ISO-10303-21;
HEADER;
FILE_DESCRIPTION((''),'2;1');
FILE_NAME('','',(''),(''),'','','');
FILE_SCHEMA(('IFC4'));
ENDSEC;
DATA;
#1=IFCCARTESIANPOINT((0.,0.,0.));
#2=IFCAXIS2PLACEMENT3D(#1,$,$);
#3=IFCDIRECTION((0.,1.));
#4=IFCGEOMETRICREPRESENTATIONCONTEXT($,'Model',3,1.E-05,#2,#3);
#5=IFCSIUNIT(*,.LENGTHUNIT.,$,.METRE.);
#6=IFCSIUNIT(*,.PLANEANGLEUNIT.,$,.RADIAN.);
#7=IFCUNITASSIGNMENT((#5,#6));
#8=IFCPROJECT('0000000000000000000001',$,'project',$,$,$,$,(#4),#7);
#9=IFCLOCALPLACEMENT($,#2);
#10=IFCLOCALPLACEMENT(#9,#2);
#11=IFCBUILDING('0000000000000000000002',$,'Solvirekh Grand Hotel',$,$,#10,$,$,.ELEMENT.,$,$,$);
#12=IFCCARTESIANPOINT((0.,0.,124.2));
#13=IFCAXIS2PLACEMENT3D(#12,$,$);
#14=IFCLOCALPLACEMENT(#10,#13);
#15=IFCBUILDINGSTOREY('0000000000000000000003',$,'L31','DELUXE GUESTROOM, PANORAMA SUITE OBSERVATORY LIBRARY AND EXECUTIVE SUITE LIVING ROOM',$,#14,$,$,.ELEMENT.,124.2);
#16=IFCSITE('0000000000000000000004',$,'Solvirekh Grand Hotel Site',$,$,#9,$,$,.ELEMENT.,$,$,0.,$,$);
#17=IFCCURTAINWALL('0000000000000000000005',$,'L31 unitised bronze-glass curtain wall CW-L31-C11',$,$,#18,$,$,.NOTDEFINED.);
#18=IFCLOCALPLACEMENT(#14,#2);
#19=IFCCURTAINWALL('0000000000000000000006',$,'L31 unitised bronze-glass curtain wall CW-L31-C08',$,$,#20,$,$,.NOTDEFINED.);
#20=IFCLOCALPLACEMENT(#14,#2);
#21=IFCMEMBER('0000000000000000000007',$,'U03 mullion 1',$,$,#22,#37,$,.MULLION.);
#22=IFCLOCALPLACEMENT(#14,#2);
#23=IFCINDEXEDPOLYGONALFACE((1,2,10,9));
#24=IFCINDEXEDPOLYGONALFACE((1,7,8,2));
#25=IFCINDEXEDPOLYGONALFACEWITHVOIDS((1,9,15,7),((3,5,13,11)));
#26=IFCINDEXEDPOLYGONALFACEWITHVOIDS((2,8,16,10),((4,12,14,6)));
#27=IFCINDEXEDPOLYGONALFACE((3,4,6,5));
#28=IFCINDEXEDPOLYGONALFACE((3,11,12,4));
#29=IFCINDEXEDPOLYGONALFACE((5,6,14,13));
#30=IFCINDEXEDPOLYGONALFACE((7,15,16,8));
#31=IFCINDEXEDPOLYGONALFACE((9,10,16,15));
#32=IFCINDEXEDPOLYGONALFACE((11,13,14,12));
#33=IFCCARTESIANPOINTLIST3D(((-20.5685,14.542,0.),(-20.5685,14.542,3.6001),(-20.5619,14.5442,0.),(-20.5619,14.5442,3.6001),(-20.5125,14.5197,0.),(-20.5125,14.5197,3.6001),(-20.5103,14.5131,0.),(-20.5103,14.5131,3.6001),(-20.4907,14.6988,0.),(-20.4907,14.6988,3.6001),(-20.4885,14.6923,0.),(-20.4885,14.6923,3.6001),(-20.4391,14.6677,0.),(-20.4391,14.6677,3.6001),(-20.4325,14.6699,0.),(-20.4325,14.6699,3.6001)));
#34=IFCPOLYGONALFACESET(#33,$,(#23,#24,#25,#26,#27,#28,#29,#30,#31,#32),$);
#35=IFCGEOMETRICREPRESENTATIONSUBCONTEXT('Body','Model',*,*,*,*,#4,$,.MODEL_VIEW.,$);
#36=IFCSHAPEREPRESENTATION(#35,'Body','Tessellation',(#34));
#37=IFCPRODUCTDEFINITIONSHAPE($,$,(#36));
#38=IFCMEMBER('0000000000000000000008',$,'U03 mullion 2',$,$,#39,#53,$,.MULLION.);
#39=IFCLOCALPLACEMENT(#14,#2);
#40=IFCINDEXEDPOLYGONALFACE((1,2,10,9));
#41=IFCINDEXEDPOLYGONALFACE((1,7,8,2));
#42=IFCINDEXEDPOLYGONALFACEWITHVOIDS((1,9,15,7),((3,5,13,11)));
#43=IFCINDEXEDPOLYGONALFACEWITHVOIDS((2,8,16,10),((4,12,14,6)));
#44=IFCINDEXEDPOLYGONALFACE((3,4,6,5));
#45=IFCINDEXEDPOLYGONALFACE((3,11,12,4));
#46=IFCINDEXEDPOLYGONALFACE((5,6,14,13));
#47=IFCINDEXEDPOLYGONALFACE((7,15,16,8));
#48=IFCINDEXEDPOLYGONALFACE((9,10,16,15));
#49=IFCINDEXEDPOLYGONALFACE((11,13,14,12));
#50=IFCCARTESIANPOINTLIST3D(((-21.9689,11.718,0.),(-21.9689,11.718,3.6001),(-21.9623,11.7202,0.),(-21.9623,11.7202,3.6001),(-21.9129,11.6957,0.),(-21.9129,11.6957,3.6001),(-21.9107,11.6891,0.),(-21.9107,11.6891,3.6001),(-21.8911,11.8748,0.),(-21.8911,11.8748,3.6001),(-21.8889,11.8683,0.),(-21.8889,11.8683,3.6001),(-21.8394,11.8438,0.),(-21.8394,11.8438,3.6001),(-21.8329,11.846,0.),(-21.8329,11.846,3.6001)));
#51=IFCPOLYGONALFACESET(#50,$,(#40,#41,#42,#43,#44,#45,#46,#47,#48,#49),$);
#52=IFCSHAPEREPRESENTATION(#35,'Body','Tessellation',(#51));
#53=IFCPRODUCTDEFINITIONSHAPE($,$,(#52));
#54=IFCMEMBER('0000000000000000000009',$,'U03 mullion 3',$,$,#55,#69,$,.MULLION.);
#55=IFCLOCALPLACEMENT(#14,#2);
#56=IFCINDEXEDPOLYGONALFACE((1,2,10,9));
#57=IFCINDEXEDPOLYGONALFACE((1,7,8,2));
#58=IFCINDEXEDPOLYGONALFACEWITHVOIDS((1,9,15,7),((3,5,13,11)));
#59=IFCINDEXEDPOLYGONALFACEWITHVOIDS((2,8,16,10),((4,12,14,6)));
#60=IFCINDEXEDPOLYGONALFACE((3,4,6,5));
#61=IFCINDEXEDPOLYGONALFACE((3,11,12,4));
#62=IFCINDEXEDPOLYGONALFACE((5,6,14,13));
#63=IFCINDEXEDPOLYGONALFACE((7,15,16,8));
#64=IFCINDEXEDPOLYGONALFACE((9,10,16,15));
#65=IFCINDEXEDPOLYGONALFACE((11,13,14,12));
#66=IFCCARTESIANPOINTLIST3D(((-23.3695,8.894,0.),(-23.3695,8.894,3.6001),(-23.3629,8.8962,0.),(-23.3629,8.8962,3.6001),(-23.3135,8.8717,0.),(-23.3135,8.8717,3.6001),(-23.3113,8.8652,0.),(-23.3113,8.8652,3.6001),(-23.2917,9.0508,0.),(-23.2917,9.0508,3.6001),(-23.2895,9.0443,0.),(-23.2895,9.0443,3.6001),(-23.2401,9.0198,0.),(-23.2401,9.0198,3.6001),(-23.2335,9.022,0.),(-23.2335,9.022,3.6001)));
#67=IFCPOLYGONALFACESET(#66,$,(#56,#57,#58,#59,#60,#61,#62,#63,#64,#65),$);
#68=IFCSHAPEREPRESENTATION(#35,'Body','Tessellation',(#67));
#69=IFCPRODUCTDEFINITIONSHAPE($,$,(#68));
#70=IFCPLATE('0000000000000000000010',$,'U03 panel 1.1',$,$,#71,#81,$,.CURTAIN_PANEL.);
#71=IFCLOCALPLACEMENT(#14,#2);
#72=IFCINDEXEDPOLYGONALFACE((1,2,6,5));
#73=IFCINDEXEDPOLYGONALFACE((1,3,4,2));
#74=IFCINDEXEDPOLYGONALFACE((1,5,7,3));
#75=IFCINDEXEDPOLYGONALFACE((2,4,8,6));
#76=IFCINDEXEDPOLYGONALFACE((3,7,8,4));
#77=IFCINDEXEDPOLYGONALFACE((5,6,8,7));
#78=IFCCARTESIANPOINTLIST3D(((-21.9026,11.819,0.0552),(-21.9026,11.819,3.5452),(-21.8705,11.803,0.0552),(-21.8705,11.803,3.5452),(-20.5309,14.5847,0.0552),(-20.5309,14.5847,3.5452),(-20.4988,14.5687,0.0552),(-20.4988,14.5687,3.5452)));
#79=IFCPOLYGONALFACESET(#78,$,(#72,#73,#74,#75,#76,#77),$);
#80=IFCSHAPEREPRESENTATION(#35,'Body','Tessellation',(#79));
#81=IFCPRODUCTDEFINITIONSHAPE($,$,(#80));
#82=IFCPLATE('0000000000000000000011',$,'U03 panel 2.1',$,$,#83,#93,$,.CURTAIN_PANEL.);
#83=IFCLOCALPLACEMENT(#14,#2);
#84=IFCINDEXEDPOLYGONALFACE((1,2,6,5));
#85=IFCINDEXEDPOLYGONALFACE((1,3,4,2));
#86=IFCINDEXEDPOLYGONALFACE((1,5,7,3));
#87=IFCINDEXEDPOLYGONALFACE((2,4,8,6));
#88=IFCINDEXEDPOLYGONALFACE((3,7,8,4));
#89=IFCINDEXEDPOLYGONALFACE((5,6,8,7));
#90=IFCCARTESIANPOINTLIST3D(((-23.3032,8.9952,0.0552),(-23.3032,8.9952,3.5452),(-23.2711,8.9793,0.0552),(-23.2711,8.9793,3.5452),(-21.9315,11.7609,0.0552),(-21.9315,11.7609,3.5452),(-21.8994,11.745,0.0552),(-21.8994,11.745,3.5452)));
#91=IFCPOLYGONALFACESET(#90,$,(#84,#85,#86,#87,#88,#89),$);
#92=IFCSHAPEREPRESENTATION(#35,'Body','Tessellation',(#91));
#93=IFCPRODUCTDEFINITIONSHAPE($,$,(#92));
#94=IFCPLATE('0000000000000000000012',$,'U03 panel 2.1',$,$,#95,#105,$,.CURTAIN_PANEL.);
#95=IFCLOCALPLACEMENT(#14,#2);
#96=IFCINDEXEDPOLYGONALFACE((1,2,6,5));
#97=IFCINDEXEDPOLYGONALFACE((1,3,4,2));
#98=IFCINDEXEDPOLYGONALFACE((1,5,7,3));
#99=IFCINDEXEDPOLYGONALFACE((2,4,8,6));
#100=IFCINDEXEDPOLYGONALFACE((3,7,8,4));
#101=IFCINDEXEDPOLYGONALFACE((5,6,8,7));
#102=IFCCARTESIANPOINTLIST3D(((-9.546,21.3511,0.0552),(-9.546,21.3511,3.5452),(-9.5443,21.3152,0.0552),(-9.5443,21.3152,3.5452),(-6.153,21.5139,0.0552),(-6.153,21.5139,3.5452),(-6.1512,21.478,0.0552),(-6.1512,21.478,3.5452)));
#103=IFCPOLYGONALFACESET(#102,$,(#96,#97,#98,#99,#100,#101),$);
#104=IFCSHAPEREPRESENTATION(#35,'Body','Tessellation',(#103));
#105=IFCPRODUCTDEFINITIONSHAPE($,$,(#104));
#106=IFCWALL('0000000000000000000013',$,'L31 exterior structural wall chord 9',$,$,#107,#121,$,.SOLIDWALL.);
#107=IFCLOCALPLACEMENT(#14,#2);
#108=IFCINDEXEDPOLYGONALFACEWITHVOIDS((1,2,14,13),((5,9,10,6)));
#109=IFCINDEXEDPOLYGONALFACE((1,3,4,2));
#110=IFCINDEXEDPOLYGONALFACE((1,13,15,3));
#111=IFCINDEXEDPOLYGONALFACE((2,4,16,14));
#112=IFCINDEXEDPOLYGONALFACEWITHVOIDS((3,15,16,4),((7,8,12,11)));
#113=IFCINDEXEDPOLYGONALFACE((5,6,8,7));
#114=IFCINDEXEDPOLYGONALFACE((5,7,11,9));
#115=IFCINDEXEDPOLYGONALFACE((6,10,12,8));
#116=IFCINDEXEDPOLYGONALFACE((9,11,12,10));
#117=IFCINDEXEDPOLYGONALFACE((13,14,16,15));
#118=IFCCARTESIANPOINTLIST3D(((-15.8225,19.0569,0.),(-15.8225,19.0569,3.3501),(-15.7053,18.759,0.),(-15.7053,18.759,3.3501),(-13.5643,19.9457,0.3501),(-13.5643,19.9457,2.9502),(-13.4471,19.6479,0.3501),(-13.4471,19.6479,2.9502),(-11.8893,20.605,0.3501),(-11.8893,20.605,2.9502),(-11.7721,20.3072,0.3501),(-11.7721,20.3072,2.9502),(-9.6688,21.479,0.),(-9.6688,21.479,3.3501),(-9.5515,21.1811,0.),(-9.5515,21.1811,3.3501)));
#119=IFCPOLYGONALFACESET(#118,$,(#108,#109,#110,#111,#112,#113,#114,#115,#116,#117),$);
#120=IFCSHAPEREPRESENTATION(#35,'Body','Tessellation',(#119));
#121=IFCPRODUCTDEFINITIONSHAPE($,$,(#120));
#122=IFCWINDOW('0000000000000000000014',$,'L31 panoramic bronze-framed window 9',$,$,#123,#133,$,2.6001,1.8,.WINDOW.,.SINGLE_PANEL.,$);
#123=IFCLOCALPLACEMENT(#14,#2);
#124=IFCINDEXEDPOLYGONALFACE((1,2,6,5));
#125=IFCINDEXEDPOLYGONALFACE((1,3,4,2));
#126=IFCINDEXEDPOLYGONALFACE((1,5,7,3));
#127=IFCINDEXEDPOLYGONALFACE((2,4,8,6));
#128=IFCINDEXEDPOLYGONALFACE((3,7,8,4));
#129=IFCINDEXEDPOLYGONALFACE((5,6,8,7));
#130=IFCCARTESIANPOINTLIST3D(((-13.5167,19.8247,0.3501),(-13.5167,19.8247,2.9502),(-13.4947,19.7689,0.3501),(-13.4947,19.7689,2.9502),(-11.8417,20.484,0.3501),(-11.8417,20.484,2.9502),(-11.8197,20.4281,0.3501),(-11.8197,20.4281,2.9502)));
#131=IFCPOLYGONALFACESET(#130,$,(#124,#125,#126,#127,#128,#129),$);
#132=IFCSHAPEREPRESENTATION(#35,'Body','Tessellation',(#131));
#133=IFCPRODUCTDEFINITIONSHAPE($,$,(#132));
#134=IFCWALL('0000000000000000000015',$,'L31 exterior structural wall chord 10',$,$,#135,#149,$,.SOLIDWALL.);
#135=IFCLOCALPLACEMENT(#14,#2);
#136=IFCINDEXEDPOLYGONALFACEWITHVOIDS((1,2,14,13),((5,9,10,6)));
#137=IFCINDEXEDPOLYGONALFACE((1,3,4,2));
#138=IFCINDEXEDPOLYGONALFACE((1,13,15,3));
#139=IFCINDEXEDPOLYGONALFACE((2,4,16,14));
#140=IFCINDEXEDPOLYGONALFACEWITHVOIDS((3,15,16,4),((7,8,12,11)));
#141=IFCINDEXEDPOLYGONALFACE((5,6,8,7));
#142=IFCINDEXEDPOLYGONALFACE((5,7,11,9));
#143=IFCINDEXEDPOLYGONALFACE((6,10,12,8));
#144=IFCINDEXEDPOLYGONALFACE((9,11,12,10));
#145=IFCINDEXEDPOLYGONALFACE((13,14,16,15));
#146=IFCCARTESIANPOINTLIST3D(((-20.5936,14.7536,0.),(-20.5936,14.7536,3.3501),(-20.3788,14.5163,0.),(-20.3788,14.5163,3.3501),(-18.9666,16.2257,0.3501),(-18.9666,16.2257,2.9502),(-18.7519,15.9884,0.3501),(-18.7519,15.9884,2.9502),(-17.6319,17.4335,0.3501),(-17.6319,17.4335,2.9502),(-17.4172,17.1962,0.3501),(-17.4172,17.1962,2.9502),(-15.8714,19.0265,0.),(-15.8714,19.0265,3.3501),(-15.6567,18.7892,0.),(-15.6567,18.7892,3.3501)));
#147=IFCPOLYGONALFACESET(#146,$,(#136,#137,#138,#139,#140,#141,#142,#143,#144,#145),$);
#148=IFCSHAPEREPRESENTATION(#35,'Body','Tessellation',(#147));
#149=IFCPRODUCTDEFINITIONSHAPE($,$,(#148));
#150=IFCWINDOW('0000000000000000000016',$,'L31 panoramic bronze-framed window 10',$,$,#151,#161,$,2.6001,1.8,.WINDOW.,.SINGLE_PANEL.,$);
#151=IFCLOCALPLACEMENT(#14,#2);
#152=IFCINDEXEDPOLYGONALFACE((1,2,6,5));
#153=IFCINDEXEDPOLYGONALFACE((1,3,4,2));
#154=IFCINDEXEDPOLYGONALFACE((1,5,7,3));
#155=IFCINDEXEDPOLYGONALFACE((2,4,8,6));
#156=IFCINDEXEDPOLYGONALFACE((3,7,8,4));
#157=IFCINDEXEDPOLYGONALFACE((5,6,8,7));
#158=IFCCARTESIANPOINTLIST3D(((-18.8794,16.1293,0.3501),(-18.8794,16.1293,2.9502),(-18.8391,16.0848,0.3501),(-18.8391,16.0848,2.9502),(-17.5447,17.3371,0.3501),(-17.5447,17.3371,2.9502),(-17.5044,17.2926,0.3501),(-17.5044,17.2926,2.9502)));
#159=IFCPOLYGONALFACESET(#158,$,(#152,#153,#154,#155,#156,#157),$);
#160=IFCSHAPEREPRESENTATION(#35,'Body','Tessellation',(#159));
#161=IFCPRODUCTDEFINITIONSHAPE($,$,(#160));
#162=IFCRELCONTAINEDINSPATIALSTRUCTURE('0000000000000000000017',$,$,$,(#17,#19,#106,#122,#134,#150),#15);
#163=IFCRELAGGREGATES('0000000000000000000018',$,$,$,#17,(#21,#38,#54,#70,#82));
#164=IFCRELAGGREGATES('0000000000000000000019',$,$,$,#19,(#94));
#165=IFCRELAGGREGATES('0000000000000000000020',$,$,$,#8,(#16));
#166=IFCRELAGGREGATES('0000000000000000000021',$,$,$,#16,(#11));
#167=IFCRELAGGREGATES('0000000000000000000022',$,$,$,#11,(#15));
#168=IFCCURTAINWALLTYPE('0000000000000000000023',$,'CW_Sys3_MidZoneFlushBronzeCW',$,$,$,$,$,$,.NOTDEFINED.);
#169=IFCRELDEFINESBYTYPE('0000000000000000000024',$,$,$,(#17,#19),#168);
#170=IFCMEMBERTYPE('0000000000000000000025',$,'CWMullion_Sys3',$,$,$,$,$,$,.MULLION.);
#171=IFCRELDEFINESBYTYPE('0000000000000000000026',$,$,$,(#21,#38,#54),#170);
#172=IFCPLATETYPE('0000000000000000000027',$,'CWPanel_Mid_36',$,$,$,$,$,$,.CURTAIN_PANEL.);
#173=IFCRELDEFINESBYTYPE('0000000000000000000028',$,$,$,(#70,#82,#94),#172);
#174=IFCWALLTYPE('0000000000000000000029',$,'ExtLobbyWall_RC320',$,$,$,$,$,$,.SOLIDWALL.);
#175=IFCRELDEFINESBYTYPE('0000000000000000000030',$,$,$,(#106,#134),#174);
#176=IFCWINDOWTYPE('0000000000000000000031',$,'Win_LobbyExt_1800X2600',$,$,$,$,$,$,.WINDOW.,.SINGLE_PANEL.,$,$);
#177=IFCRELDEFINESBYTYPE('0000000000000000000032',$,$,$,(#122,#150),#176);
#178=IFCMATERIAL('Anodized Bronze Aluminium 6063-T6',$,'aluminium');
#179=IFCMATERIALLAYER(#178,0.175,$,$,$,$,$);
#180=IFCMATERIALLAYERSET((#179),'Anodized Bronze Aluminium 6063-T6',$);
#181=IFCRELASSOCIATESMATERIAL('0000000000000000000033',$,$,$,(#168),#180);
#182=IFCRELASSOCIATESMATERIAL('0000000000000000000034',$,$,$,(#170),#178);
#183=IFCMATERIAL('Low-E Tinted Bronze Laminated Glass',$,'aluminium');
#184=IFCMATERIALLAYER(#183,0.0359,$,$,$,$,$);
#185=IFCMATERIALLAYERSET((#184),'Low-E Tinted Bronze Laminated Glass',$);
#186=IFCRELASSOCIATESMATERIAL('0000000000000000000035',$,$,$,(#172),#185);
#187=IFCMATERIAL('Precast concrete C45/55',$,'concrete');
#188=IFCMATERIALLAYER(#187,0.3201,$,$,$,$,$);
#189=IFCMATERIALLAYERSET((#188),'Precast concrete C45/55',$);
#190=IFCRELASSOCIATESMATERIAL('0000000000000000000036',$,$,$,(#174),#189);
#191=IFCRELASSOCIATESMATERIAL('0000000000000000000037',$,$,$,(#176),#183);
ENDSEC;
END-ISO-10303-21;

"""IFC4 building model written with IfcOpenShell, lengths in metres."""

from ifc_helpers import new_model, si_unit, direction, frame, frame_2d, origin, origin_2d, place, context, subcontext, project, spatial, rectangle, hollow_rectangle, extrude, source, transform, mapped, material, layer, layer_set, material_profile, profile_set, type_object, element, fill, aggregate, save


model = new_model("IFC4")

# Units and contexts
model_context = context("Model", 3, precision=1e-05, world=origin(), true_north=direction((0.0, 1.0)))
body_context = subcontext(model_context, "Body", "Model", "MODEL_VIEW")
ifc_project = project(units=[si_unit("LENGTHUNIT", "METRE"), si_unit("PLANEANGLEUNIT", "RADIAN")], contexts=[model_context])

# Site, building, storey
site_placement = place(None, origin())
site = spatial("IfcSite", under=ifc_project, at=site_placement, Name="Solvirekh Grand Hotel Site", CompositionType="ELEMENT", RefElevation=0.0)
building_placement = place(site_placement, origin())
building = spatial("IfcBuilding", under=site, at=building_placement, Name="Solvirekh Grand Hotel", CompositionType="ELEMENT")
storey_placement = place(building_placement, frame((0.0, 0.0, 124.2)))
storey = spatial("IfcBuildingStorey", under=building, at=storey_placement, Name="L31", Description="DELUXE GUESTROOM, PANORAMA SUITE OBSERVATORY LIBRARY AND EXECUTIVE SUITE LIVING ROOM", CompositionType="ELEMENT", Elevation=124.2)

# Curtain wall
ifc_material_1 = material(Name="Anodized Bronze Aluminium 6063-T6", Category="aluminium")
ifc_layer_1 = layer(ifc_material_1, 0.175)
ifc_layer_set_1 = layer_set([ifc_layer_1], Name="Anodized Bronze Aluminium 6063-T6")
curtain_wall_type = type_object("IfcCurtainWallType", Name="CW_Sys3_MidZoneFlushBronzeCW", PredefinedType="NOTDEFINED", material=ifc_layer_set_1)
curtain_wall_1_placement = place(storey_placement, origin())
curtain_wall_1 = element("IfcCurtainWall", 1, at=curtain_wall_1_placement, inside=storey, type_object=curtain_wall_type, Name="L31 unitised bronze-glass curtain wall CW-L31-C11", PredefinedType="NOTDEFINED")

# Curtain wall
curtain_wall_2_placement = place(storey_placement, origin())
curtain_wall_2 = element("IfcCurtainWall", 2, at=curtain_wall_2_placement, inside=storey, type_object=curtain_wall_type, Name="L31 unitised bronze-glass curtain wall CW-L31-C08", PredefinedType="NOTDEFINED")
ifc_material_profile_1 = material_profile(ifc_material_1, hollow_rectangle(XDim=0.0649, YDim=0.175, WallThickness=0.0049, at=origin_2d()), Name="ALU RHS 175X65X5")
ifc_profile_set_1 = profile_set([ifc_material_profile_1], Name="Anodized Bronze Aluminium 6063-T6")
member_type_1 = type_object("IfcMemberType", Name="CWMullion_Sys3", PredefinedType="MULLION", material=ifc_profile_set_1)
shared_shape_1 = source(origin(), body_context, "Body", "SweptSolid", [
    extrude(hollow_rectangle(XDim=0.0649, YDim=0.175, WallThickness=0.0049, at=origin_2d()), origin(), (0.0, 0.0, 1.0), 3.6001),
])

# Members
member_1_placement = place(storey_placement, frame((-20.5005, 14.606, 0.0), z_axis=(0.0, 0.0, 1.0), x_axis=(0.895867, -0.444322, 0.0)))
member_1 = element("IfcMember", 3, at=member_1_placement, type_object=member_type_1, Name="U03 mullion 1", PredefinedType="MULLION", context=body_context, shape_type="MappedRepresentation", body=[
    mapped(shared_shape_1, transform((0.0, 0.0, 0.0), x_axis=(1.0, 0.0, 0.0), y_axis=(0.0, 1.0, 0.0), z_axis=(0.0, 0.0, 1.0), scale=1.0)),
])
member_2_placement = place(storey_placement, frame((-21.9009, 11.782, 0.0), z_axis=(0.0, 0.0, 1.0), x_axis=(0.895867, -0.444322, 0.0)))
member_2 = element("IfcMember", 4, at=member_2_placement, type_object=member_type_1, Name="U03 mullion 2", PredefinedType="MULLION", context=body_context, shape_type="MappedRepresentation", body=[
    mapped(shared_shape_1, transform((0.0, 0.0, 0.0), x_axis=(1.0, 0.0, 0.0), y_axis=(0.0, 1.0, 0.0), z_axis=(0.0, 0.0, 1.0), scale=1.0)),
])
member_3_placement = place(storey_placement, frame((-23.3015, 8.958, 0.0), z_axis=(0.0, 0.0, 1.0), x_axis=(0.895867, -0.444322, 0.0)))
member_3 = element("IfcMember", 5, at=member_3_placement, type_object=member_type_1, Name="U03 mullion 3", PredefinedType="MULLION", context=body_context, shape_type="MappedRepresentation", body=[
    mapped(shared_shape_1, transform((0.0, 0.0, 0.0), x_axis=(1.0, 0.0, 0.0), y_axis=(0.0, 1.0, 0.0), z_axis=(0.0, 0.0, 1.0), scale=1.0)),
])

# Plates
ifc_material_2 = material(Name="Low-E Tinted Bronze Laminated Glass", Category="aluminium")
ifc_layer_2 = layer(ifc_material_2, 0.0359)
ifc_layer_set_2 = layer_set([ifc_layer_2], Name="Low-E Tinted Bronze Laminated Glass")
plate_type = type_object("IfcPlateType", Name="CWPanel_Mid_36", PredefinedType="CURTAIN_PANEL", material=ifc_layer_set_2)
shared_shape_2 = source(origin(), body_context, "Body", "SweptSolid", [
    extrude(rectangle(XDim=3.0872, YDim=0.0359, at=origin_2d()), origin(), (0.0, 0.0, 1.0), 3.49),
])
plate_1_placement = place(storey_placement, frame((-21.2007, 13.1938, 0.0552), z_axis=(0.0, 0.0, 1.0), x_axis=(-0.444322, -0.895867, 0.0)))
plate_1 = element("IfcPlate", 6, at=plate_1_placement, type_object=plate_type, Name="U03 panel 1.1", PredefinedType="CURTAIN_PANEL", context=body_context, shape_type="MappedRepresentation", body=[
    mapped(shared_shape_2, transform((0.0, 0.0, 0.0), x_axis=(1.0, 0.0, 0.0), y_axis=(0.0, 1.0, 0.0), z_axis=(0.0, 0.0, 1.0), scale=1.0)),
])
plate_2_placement = place(storey_placement, frame((-22.6013, 10.3701, 0.0552), z_axis=(0.0, 0.0, 1.0), x_axis=(-0.444322, -0.895867, 0.0)))
plate_2 = element("IfcPlate", 7, at=plate_2_placement, type_object=plate_type, Name="U03 panel 2.1", PredefinedType="CURTAIN_PANEL", context=body_context, shape_type="MappedRepresentation", body=[
    mapped(shared_shape_2, transform((0.0, 0.0, 0.0), x_axis=(1.0, 0.0, 0.0), y_axis=(0.0, 1.0, 0.0), z_axis=(0.0, 0.0, 1.0), scale=1.0)),
])
aggregate(curtain_wall_1, [member_1, member_2, member_3, plate_1, plate_2])
shared_shape_3 = source(origin(), body_context, "Body", "SweptSolid", [
    extrude(rectangle(XDim=3.397, YDim=0.0359, at=origin_2d()), origin(), (0.0, 0.0, 1.0), 3.49),
])
plate_3_placement = place(storey_placement, frame((-7.8486, 21.4146, 0.0552), z_axis=(0.0, 0.0, 1.0), x_axis=(-0.998851, -0.047932, 0.0)))
plate_3 = element("IfcPlate", 8, at=plate_3_placement, type_object=plate_type, Name="U03 panel 2.1", PredefinedType="CURTAIN_PANEL", context=body_context, shape_type="MappedRepresentation", body=[
    mapped(shared_shape_3, transform((0.0, 0.0, 0.0), x_axis=(1.0, 0.0, 0.0), y_axis=(0.0, 1.0, 0.0), z_axis=(0.0, 0.0, 1.0), scale=1.0)),
])
aggregate(curtain_wall_2, [plate_3])

# Walls, openings, windows
ifc_material_3 = material(Name="Precast concrete C45/55", Category="concrete")
ifc_layer_3 = layer(ifc_material_3, 0.3201)
ifc_layer_set_3 = layer_set([ifc_layer_3], Name="Precast concrete C45/55")
wall_type_1 = type_object("IfcWallType", Name="ExtLobbyWall_RC320", PredefinedType="SOLIDWALL", material=ifc_layer_set_3)
wall_1_placement = place(storey_placement, frame((-15.7639, 18.908, 0.0), z_axis=(0.0, 0.0, 1.0), x_axis=(0.930517, 0.366249, 0.0)))
wall_1 = element("IfcWall", 9, at=wall_1_placement, inside=storey, type_object=wall_type_1, Name="L31 exterior structural wall chord 9", PredefinedType="SOLIDWALL", context=body_context, shape_type="SweptSolid", body=[
    extrude(rectangle(XDim=6.6133, YDim=0.3201, at=frame_2d((3.3066, 0.0))), origin(), (0.0, 0.0, 1.0), 3.3501),
])
opening_1_placement = place(wall_1_placement, frame((2.427, 0.0, 0.3501)))
opening_1 = element("IfcOpeningElement", 10, at=opening_1_placement, cuts=wall_1, PredefinedType="OPENING", context=body_context, shape_type="SweptSolid", body=[
    extrude(rectangle(XDim=1.8, YDim=2.6001, at=frame_2d((0.8999, 1.3))), frame((0.0, 0.1699, 0.0), z_axis=(0.0, -1.0, 0.0), x_axis=(1.0, 0.0, 0.0)), (0.0, 0.0, 1.0), 0.3401),
])
window_type = type_object("IfcWindowType", Name="Win_LobbyExt_1800X2600", PartitioningType="SINGLE_PANEL", PredefinedType="WINDOW", material=ifc_material_2)
window_1_placement = place(opening_1_placement, origin())
window_1 = element("IfcWindow", 11, at=window_1_placement, inside=storey, type_object=window_type, Name="L31 panoramic bronze-framed window 9", OverallHeight=2.6001, OverallWidth=1.8, PartitioningType="SINGLE_PANEL", PredefinedType="WINDOW", context=body_context, shape_type="SweptSolid", body=[
    extrude(rectangle(XDim=1.8, YDim=2.6001, at=frame_2d((0.8999, 1.3))), frame((0.0, 0.03, 0.0), z_axis=(0.0, -1.0, 0.0), x_axis=(1.0, 0.0, 0.0)), (0.0, 0.0, 1.0), 0.0601),
])
fill(opening_1, window_1)
wall_2_placement = place(storey_placement, frame((-20.4861, 14.635, 0.0), z_axis=(0.0, 0.0, 1.0), x_axis=(0.741496, 0.670957, 0.0)))
wall_2 = element("IfcWall", 12, at=wall_2_placement, inside=storey, type_object=wall_type_1, Name="L31 exterior structural wall chord 10", PredefinedType="SOLIDWALL", context=body_context, shape_type="SweptSolid", body=[
    extrude(rectangle(XDim=6.3684, YDim=0.3201, at=frame_2d((3.1841, 0.0))), origin(), (0.0, 0.0, 1.0), 3.3501),
])
opening_2_placement = place(wall_2_placement, frame((2.1941, 0.0, 0.3501)))
opening_2 = element("IfcOpeningElement", 13, at=opening_2_placement, cuts=wall_2, PredefinedType="OPENING", context=body_context, shape_type="SweptSolid", body=[
    extrude(rectangle(XDim=1.8, YDim=2.6001, at=frame_2d((0.8999, 1.3))), frame((0.0, 0.1699, 0.0), z_axis=(0.0, -1.0, 0.0), x_axis=(1.0, 0.0, 0.0)), (0.0, 0.0, 1.0), 0.3401),
])
window_2_placement = place(opening_2_placement, origin())
window_2 = element("IfcWindow", 14, at=window_2_placement, inside=storey, type_object=window_type, Name="L31 panoramic bronze-framed window 10", OverallHeight=2.6001, OverallWidth=1.8, PartitioningType="SINGLE_PANEL", PredefinedType="WINDOW", context=body_context, shape_type="SweptSolid", body=[
    extrude(rectangle(XDim=1.8, YDim=2.6001, at=frame_2d((0.8999, 1.3))), frame((0.0, 0.03, 0.0), z_axis=(0.0, -1.0, 0.0), x_axis=(1.0, 0.0, 0.0)), (0.0, 0.0, 1.0), 0.0601),
])
fill(opening_2, window_2)

save(model, "model.ifc")
